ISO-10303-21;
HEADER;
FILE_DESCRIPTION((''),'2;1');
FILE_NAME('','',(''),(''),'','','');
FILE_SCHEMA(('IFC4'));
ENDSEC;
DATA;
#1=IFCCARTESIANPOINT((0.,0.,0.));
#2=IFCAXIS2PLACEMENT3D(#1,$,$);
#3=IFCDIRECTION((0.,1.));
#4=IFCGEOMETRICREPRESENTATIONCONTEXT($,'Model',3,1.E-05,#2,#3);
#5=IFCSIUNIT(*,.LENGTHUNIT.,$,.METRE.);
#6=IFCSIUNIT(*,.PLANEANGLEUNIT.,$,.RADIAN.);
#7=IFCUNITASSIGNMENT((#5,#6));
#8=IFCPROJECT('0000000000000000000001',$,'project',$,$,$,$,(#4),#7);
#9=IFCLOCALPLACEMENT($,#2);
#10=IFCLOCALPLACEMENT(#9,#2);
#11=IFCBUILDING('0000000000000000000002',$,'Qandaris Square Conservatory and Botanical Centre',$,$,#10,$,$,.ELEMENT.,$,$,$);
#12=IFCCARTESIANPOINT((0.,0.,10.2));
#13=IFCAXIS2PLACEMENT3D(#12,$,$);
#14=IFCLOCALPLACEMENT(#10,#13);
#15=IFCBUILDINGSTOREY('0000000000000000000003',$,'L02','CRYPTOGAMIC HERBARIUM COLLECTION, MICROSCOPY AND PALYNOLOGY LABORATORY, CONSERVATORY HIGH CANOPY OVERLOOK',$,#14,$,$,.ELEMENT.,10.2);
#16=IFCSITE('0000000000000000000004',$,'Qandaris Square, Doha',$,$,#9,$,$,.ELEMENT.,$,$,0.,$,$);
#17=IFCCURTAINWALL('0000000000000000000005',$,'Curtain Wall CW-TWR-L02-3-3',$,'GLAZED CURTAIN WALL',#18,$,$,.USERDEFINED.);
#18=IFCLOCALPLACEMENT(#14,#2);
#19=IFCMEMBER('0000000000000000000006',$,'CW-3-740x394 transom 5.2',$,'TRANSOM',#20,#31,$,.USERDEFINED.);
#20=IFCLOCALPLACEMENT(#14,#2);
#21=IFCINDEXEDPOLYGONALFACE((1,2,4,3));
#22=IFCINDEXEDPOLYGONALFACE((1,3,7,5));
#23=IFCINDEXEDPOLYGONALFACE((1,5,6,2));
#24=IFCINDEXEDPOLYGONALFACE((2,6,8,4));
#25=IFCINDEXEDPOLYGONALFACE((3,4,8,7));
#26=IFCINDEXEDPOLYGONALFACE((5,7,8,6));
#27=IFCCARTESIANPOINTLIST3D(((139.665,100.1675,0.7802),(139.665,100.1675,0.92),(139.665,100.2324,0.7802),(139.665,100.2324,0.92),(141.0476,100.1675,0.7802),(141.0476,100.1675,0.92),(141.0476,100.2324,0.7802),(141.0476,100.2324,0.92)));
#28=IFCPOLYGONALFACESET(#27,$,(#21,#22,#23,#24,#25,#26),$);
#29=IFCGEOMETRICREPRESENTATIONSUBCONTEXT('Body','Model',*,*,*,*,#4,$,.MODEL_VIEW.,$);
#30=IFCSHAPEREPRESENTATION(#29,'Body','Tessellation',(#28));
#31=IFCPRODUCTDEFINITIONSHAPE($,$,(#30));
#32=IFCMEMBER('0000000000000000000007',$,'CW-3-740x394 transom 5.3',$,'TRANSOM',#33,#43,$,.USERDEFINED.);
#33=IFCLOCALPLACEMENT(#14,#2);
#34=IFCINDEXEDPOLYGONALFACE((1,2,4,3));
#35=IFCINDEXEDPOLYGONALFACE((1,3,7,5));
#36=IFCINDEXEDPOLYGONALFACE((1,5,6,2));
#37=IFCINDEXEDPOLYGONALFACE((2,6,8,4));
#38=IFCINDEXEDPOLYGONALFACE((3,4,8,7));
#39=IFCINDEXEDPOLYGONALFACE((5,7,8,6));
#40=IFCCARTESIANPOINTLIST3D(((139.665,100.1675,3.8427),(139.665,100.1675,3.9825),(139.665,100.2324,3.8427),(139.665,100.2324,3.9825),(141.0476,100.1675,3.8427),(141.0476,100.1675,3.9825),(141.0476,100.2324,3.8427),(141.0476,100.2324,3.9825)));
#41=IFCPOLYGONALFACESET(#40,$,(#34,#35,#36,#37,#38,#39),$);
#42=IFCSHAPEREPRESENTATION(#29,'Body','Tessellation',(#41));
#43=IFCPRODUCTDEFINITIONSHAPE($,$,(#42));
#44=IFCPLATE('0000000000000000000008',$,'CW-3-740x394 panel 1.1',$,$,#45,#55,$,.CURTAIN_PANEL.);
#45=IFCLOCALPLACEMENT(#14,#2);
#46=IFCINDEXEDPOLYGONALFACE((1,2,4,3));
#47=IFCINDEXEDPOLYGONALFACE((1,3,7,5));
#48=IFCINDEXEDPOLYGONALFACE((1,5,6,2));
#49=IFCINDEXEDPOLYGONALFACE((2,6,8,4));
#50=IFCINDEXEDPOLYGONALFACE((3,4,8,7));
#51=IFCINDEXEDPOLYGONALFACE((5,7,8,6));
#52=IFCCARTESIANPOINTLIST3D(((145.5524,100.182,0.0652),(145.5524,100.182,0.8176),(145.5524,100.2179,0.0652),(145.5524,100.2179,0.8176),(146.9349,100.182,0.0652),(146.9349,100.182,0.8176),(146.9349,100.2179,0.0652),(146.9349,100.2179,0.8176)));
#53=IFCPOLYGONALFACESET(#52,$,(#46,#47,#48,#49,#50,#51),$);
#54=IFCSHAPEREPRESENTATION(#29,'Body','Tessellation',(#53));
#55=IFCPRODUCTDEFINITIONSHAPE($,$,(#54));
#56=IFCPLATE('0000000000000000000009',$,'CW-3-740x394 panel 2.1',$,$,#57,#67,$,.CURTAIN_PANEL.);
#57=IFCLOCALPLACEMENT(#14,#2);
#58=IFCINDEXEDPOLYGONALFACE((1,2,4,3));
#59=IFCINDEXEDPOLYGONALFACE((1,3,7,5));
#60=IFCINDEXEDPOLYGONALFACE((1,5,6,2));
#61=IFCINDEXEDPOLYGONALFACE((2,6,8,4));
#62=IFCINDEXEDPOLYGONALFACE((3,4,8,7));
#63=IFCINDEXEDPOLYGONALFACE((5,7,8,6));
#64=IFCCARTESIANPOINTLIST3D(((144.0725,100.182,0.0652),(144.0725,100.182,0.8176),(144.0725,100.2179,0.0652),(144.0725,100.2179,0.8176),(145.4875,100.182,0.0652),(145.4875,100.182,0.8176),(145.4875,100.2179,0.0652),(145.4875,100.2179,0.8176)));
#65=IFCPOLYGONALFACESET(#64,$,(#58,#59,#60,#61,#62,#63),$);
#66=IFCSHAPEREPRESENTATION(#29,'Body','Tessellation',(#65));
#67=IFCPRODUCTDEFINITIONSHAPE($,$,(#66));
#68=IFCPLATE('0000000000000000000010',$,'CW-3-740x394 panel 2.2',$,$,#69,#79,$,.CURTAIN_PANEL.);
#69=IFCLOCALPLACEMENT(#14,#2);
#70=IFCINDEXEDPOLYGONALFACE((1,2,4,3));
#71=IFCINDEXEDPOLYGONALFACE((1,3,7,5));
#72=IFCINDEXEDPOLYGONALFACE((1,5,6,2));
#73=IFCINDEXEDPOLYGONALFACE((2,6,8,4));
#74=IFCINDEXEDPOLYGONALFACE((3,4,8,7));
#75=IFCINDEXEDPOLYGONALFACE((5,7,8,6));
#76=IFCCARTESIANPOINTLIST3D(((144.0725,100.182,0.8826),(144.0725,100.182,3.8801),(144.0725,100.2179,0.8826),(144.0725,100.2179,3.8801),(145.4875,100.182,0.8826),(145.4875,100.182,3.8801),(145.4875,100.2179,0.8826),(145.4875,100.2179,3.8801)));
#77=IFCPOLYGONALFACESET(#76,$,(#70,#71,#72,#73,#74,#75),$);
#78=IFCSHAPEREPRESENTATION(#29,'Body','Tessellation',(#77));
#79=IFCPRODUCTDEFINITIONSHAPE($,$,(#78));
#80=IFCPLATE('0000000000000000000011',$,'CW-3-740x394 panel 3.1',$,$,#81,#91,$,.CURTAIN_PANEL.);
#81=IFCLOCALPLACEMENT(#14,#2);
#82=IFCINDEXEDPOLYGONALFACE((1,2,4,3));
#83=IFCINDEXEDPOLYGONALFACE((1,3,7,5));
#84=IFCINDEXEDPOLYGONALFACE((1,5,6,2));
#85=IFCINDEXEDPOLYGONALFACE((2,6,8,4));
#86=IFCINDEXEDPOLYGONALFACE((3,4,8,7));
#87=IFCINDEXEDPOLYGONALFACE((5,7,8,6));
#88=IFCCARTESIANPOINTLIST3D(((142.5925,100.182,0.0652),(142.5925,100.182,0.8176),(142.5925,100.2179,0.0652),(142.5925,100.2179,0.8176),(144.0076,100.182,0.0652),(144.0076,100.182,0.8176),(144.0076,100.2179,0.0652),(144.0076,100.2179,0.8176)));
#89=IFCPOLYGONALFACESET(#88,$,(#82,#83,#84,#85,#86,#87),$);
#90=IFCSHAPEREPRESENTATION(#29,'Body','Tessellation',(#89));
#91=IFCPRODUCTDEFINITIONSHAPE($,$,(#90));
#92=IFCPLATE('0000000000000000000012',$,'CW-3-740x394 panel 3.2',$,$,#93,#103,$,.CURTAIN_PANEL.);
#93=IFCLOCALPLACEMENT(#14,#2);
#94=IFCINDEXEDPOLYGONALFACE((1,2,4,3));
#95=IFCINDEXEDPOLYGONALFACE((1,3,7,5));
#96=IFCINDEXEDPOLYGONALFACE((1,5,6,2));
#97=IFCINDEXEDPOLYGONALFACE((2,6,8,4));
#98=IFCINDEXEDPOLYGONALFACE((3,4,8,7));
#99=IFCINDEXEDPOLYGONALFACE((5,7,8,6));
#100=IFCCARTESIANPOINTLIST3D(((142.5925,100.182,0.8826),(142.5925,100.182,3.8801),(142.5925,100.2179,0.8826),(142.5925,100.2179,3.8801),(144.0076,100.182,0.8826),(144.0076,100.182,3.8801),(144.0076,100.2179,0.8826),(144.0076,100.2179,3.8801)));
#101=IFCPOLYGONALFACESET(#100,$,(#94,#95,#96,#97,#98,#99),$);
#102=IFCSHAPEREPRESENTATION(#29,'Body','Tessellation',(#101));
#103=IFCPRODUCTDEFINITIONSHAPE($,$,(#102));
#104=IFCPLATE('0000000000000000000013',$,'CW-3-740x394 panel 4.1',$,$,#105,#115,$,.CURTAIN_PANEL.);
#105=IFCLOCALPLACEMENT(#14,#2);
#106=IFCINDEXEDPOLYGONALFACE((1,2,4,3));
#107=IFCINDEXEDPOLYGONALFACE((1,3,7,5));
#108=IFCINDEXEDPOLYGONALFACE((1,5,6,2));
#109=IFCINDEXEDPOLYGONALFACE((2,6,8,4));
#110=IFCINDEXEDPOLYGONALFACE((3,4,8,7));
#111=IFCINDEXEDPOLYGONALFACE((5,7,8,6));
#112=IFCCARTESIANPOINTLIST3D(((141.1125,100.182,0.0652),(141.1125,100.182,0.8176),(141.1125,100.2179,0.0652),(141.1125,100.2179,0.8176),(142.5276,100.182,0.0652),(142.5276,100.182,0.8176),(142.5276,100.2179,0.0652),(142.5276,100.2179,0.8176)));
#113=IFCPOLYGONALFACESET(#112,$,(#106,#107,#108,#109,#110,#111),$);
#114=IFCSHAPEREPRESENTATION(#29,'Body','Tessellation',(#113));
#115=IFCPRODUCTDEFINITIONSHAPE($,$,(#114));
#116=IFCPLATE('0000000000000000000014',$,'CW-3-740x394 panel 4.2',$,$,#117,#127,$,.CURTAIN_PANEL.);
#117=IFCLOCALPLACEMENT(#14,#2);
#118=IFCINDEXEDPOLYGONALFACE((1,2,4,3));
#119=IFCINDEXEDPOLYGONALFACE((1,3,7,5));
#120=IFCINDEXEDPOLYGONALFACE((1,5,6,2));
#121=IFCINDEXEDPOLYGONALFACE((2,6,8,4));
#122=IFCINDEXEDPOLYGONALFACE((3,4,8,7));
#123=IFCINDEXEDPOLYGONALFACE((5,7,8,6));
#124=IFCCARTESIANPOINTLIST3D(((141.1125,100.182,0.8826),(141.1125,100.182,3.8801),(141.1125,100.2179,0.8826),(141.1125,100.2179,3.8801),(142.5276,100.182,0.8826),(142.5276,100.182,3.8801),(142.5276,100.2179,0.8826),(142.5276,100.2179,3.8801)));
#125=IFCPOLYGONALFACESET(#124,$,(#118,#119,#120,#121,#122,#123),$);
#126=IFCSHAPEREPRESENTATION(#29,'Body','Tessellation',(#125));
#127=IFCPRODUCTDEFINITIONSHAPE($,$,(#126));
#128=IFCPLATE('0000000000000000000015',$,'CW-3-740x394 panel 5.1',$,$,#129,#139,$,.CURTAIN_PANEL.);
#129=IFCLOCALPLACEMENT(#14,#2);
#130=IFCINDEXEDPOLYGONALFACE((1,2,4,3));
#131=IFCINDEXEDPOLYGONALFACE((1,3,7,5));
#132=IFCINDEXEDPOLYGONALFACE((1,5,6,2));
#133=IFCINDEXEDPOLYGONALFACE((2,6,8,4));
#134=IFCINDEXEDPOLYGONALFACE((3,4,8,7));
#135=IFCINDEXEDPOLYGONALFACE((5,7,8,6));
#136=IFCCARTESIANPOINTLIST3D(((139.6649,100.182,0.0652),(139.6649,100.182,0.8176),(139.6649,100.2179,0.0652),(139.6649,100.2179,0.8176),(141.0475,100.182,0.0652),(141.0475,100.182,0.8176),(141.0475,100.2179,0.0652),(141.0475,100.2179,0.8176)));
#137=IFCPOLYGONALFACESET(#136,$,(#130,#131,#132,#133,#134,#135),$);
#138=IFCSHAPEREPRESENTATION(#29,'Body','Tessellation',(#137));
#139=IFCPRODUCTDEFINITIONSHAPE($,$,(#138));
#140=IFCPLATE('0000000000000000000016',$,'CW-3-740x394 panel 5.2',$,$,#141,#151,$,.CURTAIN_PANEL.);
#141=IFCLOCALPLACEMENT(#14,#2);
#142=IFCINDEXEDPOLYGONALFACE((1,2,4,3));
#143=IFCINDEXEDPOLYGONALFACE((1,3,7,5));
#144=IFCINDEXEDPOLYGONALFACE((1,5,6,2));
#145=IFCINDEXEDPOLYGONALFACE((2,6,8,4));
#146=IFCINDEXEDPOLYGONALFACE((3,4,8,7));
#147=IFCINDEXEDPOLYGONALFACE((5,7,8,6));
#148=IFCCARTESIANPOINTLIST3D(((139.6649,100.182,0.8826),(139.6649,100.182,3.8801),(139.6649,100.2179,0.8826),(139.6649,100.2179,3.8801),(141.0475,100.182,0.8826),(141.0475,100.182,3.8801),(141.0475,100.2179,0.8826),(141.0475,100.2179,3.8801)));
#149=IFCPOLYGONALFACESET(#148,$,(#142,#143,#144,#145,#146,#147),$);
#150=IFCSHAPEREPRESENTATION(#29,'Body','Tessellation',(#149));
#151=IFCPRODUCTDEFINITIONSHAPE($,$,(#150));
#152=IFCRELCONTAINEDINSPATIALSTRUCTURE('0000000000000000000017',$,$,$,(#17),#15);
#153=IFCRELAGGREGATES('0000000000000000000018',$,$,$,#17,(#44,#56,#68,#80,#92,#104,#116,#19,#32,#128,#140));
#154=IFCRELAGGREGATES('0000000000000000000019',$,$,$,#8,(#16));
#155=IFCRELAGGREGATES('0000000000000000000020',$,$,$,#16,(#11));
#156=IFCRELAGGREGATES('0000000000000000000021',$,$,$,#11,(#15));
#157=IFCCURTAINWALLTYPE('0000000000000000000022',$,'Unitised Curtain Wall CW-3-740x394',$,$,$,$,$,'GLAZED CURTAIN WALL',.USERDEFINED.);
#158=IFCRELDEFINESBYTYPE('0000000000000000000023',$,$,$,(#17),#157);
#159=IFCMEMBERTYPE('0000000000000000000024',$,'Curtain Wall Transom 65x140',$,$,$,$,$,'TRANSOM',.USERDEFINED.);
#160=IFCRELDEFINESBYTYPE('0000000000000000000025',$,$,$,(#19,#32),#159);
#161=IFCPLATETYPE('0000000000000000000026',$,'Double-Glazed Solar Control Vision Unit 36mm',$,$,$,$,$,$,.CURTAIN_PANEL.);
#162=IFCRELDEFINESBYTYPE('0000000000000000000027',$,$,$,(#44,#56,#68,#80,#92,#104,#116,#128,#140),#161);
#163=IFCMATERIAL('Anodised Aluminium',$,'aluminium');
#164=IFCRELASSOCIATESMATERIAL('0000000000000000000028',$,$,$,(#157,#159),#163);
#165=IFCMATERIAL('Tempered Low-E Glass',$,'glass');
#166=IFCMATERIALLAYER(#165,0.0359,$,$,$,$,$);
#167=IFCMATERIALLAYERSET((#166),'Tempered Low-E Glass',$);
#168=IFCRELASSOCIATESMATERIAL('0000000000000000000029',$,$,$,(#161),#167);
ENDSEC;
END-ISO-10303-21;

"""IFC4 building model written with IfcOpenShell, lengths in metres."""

from ifc_helpers import new_model, si_unit, direction, frame, origin, origin_2d, place, context, subcontext, project, spatial, rectangle, extrude, material, layer, layer_set, material_profile, profile_set, type_object, element, aggregate, save


model = new_model("IFC4")

# Units and contexts
model_context = context("Model", 3, precision=1e-05, world=origin(), true_north=direction((0.0, 1.0)))
body_context = subcontext(model_context, "Body", "Model", "MODEL_VIEW")
ifc_project = project(units=[si_unit("LENGTHUNIT", "METRE"), si_unit("PLANEANGLEUNIT", "RADIAN")], contexts=[model_context])

# Site, building, storey
site_placement = place(None, origin())
site = spatial("IfcSite", under=ifc_project, at=site_placement, Name="Qandaris Square, Doha", CompositionType="ELEMENT", RefElevation=0.0)
building_placement = place(site_placement, origin())
building = spatial("IfcBuilding", under=site, at=building_placement, Name="Qandaris Square Conservatory and Botanical Centre", CompositionType="ELEMENT")
storey_placement = place(building_placement, frame((0.0, 0.0, 10.2)))
storey = spatial("IfcBuildingStorey", under=building, at=storey_placement, Name="L02", Description="CRYPTOGAMIC HERBARIUM COLLECTION, MICROSCOPY AND PALYNOLOGY LABORATORY, CONSERVATORY HIGH CANOPY OVERLOOK", CompositionType="ELEMENT", Elevation=10.2)

# Curtain wall, members, plates
ifc_material_1 = material(Name="Anodised Aluminium", Category="aluminium")
curtain_wall_type = type_object("IfcCurtainWallType", Name="Unitised Curtain Wall CW-3-740x394", ElementType="GLAZED CURTAIN WALL", PredefinedType="USERDEFINED", material=ifc_material_1)
curtain_wall_placement = place(storey_placement, origin())
curtain_wall = element("IfcCurtainWall", 1, at=curtain_wall_placement, inside=storey, type_object=curtain_wall_type, Name="Curtain Wall CW-TWR-L02-3-3", ObjectType="GLAZED CURTAIN WALL", PredefinedType="USERDEFINED")
ifc_material_profile_1 = material_profile(ifc_material_1, rectangle(XDim=0.0649, YDim=0.1399, at=origin_2d()), Name="ALU-TRN 65x140")
ifc_profile_set_1 = profile_set([ifc_material_profile_1], Name="Anodised Aluminium")
member_type_1 = type_object("IfcMemberType", Name="Curtain Wall Transom 65x140", ElementType="TRANSOM", PredefinedType="USERDEFINED", material=ifc_profile_set_1)
member_1_placement = place(storey_placement, frame((141.0476, 100.2, 0.8501), z_axis=(-1.0, 0.0, 0.0), x_axis=(0.0, -1.0, 0.0)))
member_1 = element("IfcMember", 2, at=member_1_placement, type_object=member_type_1, Name="CW-3-740x394 transom 5.2", ObjectType="TRANSOM", PredefinedType="USERDEFINED", context=body_context, shape_type="SweptSolid", body=[
    extrude(rectangle(XDim=0.0649, YDim=0.1399, at=origin_2d()), origin(), (0.0, 0.0, 1.0), 1.3826),
])
member_2_placement = place(storey_placement, frame((141.0476, 100.2, 3.9126), z_axis=(-1.0, 0.0, 0.0), x_axis=(0.0, -1.0, 0.0)))
member_2 = element("IfcMember", 3, at=member_2_placement, type_object=member_type_1, Name="CW-3-740x394 transom 5.3", ObjectType="TRANSOM", PredefinedType="USERDEFINED", context=body_context, shape_type="SweptSolid", body=[
    extrude(rectangle(XDim=0.0649, YDim=0.1399, at=origin_2d()), origin(), (0.0, 0.0, 1.0), 1.3826),
])
ifc_material_2 = material(Name="Tempered Low-E Glass", Category="glass")
ifc_layer = layer(ifc_material_2, 0.0359)
ifc_layer_set = layer_set([ifc_layer], Name="Tempered Low-E Glass")
plate_type = type_object("IfcPlateType", Name="Double-Glazed Solar Control Vision Unit 36mm", PredefinedType="CURTAIN_PANEL", material=ifc_layer_set)
plate_1_placement = place(storey_placement, frame((146.2437, 100.2, 0.0652), z_axis=(0.0, 0.0, 1.0), x_axis=(-1.0, 0.0, 0.0)))
plate_1 = element("IfcPlate", 4, at=plate_1_placement, type_object=plate_type, Name="CW-3-740x394 panel 1.1", PredefinedType="CURTAIN_PANEL", context=body_context, shape_type="SweptSolid", body=[
    extrude(rectangle(XDim=1.3826, YDim=0.0359, at=origin_2d()), origin(), (0.0, 0.0, 1.0), 0.7524),
])
plate_2_placement = place(storey_placement, frame((144.78, 100.2, 0.0652), z_axis=(0.0, 0.0, 1.0), x_axis=(-1.0, 0.0, 0.0)))
plate_2 = element("IfcPlate", 5, at=plate_2_placement, type_object=plate_type, Name="CW-3-740x394 panel 2.1", PredefinedType="CURTAIN_PANEL", context=body_context, shape_type="SweptSolid", body=[
    extrude(rectangle(XDim=1.415, YDim=0.0359, at=origin_2d()), origin(), (0.0, 0.0, 1.0), 0.7524),
])
plate_3_placement = place(storey_placement, frame((144.78, 100.2, 0.8826), z_axis=(0.0, 0.0, 1.0), x_axis=(-1.0, 0.0, 0.0)))
plate_3 = element("IfcPlate", 6, at=plate_3_placement, type_object=plate_type, Name="CW-3-740x394 panel 2.2", PredefinedType="CURTAIN_PANEL", context=body_context, shape_type="SweptSolid", body=[
    extrude(rectangle(XDim=1.415, YDim=0.0359, at=origin_2d()), origin(), (0.0, 0.0, 1.0), 2.9976),
])
plate_4_placement = place(storey_placement, frame((143.3, 100.2, 0.0652), z_axis=(0.0, 0.0, 1.0), x_axis=(-1.0, 0.0, 0.0)))
plate_4 = element("IfcPlate", 7, at=plate_4_placement, type_object=plate_type, Name="CW-3-740x394 panel 3.1", PredefinedType="CURTAIN_PANEL", context=body_context, shape_type="SweptSolid", body=[
    extrude(rectangle(XDim=1.415, YDim=0.0359, at=origin_2d()), origin(), (0.0, 0.0, 1.0), 0.7524),
])
plate_5_placement = place(storey_placement, frame((143.3, 100.2, 0.8826), z_axis=(0.0, 0.0, 1.0), x_axis=(-1.0, 0.0, 0.0)))
plate_5 = element("IfcPlate", 8, at=plate_5_placement, type_object=plate_type, Name="CW-3-740x394 panel 3.2", PredefinedType="CURTAIN_PANEL", context=body_context, shape_type="SweptSolid", body=[
    extrude(rectangle(XDim=1.415, YDim=0.0359, at=origin_2d()), origin(), (0.0, 0.0, 1.0), 2.9976),
])
plate_6_placement = place(storey_placement, frame((141.8201, 100.2, 0.0652), z_axis=(0.0, 0.0, 1.0), x_axis=(-1.0, 0.0, 0.0)))
plate_6 = element("IfcPlate", 9, at=plate_6_placement, type_object=plate_type, Name="CW-3-740x394 panel 4.1", PredefinedType="CURTAIN_PANEL", context=body_context, shape_type="SweptSolid", body=[
    extrude(rectangle(XDim=1.415, YDim=0.0359, at=origin_2d()), origin(), (0.0, 0.0, 1.0), 0.7524),
])
plate_7_placement = place(storey_placement, frame((141.8201, 100.2, 0.8826), z_axis=(0.0, 0.0, 1.0), x_axis=(-1.0, 0.0, 0.0)))
plate_7 = element("IfcPlate", 10, at=plate_7_placement, type_object=plate_type, Name="CW-3-740x394 panel 4.2", PredefinedType="CURTAIN_PANEL", context=body_context, shape_type="SweptSolid", body=[
    extrude(rectangle(XDim=1.415, YDim=0.0359, at=origin_2d()), origin(), (0.0, 0.0, 1.0), 2.9976),
])
plate_8_placement = place(storey_placement, frame((140.3562, 100.2, 0.0652), z_axis=(0.0, 0.0, 1.0), x_axis=(-1.0, 0.0, 0.0)))
plate_8 = element("IfcPlate", 11, at=plate_8_placement, type_object=plate_type, Name="CW-3-740x394 panel 5.1", PredefinedType="CURTAIN_PANEL", context=body_context, shape_type="SweptSolid", body=[
    extrude(rectangle(XDim=1.3826, YDim=0.0359, at=origin_2d()), origin(), (0.0, 0.0, 1.0), 0.7524),
])
plate_9_placement = place(storey_placement, frame((140.3562, 100.2, 0.8826), z_axis=(0.0, 0.0, 1.0), x_axis=(-1.0, 0.0, 0.0)))
plate_9 = element("IfcPlate", 12, at=plate_9_placement, type_object=plate_type, Name="CW-3-740x394 panel 5.2", PredefinedType="CURTAIN_PANEL", context=body_context, shape_type="SweptSolid", body=[
    extrude(rectangle(XDim=1.3826, YDim=0.0359, at=origin_2d()), origin(), (0.0, 0.0, 1.0), 2.9976),
])
aggregate(curtain_wall, [plate_1, plate_2, plate_3, plate_4, plate_5, plate_6, plate_7, member_1, member_2, plate_8, plate_9])

save(model, "model.ifc")
